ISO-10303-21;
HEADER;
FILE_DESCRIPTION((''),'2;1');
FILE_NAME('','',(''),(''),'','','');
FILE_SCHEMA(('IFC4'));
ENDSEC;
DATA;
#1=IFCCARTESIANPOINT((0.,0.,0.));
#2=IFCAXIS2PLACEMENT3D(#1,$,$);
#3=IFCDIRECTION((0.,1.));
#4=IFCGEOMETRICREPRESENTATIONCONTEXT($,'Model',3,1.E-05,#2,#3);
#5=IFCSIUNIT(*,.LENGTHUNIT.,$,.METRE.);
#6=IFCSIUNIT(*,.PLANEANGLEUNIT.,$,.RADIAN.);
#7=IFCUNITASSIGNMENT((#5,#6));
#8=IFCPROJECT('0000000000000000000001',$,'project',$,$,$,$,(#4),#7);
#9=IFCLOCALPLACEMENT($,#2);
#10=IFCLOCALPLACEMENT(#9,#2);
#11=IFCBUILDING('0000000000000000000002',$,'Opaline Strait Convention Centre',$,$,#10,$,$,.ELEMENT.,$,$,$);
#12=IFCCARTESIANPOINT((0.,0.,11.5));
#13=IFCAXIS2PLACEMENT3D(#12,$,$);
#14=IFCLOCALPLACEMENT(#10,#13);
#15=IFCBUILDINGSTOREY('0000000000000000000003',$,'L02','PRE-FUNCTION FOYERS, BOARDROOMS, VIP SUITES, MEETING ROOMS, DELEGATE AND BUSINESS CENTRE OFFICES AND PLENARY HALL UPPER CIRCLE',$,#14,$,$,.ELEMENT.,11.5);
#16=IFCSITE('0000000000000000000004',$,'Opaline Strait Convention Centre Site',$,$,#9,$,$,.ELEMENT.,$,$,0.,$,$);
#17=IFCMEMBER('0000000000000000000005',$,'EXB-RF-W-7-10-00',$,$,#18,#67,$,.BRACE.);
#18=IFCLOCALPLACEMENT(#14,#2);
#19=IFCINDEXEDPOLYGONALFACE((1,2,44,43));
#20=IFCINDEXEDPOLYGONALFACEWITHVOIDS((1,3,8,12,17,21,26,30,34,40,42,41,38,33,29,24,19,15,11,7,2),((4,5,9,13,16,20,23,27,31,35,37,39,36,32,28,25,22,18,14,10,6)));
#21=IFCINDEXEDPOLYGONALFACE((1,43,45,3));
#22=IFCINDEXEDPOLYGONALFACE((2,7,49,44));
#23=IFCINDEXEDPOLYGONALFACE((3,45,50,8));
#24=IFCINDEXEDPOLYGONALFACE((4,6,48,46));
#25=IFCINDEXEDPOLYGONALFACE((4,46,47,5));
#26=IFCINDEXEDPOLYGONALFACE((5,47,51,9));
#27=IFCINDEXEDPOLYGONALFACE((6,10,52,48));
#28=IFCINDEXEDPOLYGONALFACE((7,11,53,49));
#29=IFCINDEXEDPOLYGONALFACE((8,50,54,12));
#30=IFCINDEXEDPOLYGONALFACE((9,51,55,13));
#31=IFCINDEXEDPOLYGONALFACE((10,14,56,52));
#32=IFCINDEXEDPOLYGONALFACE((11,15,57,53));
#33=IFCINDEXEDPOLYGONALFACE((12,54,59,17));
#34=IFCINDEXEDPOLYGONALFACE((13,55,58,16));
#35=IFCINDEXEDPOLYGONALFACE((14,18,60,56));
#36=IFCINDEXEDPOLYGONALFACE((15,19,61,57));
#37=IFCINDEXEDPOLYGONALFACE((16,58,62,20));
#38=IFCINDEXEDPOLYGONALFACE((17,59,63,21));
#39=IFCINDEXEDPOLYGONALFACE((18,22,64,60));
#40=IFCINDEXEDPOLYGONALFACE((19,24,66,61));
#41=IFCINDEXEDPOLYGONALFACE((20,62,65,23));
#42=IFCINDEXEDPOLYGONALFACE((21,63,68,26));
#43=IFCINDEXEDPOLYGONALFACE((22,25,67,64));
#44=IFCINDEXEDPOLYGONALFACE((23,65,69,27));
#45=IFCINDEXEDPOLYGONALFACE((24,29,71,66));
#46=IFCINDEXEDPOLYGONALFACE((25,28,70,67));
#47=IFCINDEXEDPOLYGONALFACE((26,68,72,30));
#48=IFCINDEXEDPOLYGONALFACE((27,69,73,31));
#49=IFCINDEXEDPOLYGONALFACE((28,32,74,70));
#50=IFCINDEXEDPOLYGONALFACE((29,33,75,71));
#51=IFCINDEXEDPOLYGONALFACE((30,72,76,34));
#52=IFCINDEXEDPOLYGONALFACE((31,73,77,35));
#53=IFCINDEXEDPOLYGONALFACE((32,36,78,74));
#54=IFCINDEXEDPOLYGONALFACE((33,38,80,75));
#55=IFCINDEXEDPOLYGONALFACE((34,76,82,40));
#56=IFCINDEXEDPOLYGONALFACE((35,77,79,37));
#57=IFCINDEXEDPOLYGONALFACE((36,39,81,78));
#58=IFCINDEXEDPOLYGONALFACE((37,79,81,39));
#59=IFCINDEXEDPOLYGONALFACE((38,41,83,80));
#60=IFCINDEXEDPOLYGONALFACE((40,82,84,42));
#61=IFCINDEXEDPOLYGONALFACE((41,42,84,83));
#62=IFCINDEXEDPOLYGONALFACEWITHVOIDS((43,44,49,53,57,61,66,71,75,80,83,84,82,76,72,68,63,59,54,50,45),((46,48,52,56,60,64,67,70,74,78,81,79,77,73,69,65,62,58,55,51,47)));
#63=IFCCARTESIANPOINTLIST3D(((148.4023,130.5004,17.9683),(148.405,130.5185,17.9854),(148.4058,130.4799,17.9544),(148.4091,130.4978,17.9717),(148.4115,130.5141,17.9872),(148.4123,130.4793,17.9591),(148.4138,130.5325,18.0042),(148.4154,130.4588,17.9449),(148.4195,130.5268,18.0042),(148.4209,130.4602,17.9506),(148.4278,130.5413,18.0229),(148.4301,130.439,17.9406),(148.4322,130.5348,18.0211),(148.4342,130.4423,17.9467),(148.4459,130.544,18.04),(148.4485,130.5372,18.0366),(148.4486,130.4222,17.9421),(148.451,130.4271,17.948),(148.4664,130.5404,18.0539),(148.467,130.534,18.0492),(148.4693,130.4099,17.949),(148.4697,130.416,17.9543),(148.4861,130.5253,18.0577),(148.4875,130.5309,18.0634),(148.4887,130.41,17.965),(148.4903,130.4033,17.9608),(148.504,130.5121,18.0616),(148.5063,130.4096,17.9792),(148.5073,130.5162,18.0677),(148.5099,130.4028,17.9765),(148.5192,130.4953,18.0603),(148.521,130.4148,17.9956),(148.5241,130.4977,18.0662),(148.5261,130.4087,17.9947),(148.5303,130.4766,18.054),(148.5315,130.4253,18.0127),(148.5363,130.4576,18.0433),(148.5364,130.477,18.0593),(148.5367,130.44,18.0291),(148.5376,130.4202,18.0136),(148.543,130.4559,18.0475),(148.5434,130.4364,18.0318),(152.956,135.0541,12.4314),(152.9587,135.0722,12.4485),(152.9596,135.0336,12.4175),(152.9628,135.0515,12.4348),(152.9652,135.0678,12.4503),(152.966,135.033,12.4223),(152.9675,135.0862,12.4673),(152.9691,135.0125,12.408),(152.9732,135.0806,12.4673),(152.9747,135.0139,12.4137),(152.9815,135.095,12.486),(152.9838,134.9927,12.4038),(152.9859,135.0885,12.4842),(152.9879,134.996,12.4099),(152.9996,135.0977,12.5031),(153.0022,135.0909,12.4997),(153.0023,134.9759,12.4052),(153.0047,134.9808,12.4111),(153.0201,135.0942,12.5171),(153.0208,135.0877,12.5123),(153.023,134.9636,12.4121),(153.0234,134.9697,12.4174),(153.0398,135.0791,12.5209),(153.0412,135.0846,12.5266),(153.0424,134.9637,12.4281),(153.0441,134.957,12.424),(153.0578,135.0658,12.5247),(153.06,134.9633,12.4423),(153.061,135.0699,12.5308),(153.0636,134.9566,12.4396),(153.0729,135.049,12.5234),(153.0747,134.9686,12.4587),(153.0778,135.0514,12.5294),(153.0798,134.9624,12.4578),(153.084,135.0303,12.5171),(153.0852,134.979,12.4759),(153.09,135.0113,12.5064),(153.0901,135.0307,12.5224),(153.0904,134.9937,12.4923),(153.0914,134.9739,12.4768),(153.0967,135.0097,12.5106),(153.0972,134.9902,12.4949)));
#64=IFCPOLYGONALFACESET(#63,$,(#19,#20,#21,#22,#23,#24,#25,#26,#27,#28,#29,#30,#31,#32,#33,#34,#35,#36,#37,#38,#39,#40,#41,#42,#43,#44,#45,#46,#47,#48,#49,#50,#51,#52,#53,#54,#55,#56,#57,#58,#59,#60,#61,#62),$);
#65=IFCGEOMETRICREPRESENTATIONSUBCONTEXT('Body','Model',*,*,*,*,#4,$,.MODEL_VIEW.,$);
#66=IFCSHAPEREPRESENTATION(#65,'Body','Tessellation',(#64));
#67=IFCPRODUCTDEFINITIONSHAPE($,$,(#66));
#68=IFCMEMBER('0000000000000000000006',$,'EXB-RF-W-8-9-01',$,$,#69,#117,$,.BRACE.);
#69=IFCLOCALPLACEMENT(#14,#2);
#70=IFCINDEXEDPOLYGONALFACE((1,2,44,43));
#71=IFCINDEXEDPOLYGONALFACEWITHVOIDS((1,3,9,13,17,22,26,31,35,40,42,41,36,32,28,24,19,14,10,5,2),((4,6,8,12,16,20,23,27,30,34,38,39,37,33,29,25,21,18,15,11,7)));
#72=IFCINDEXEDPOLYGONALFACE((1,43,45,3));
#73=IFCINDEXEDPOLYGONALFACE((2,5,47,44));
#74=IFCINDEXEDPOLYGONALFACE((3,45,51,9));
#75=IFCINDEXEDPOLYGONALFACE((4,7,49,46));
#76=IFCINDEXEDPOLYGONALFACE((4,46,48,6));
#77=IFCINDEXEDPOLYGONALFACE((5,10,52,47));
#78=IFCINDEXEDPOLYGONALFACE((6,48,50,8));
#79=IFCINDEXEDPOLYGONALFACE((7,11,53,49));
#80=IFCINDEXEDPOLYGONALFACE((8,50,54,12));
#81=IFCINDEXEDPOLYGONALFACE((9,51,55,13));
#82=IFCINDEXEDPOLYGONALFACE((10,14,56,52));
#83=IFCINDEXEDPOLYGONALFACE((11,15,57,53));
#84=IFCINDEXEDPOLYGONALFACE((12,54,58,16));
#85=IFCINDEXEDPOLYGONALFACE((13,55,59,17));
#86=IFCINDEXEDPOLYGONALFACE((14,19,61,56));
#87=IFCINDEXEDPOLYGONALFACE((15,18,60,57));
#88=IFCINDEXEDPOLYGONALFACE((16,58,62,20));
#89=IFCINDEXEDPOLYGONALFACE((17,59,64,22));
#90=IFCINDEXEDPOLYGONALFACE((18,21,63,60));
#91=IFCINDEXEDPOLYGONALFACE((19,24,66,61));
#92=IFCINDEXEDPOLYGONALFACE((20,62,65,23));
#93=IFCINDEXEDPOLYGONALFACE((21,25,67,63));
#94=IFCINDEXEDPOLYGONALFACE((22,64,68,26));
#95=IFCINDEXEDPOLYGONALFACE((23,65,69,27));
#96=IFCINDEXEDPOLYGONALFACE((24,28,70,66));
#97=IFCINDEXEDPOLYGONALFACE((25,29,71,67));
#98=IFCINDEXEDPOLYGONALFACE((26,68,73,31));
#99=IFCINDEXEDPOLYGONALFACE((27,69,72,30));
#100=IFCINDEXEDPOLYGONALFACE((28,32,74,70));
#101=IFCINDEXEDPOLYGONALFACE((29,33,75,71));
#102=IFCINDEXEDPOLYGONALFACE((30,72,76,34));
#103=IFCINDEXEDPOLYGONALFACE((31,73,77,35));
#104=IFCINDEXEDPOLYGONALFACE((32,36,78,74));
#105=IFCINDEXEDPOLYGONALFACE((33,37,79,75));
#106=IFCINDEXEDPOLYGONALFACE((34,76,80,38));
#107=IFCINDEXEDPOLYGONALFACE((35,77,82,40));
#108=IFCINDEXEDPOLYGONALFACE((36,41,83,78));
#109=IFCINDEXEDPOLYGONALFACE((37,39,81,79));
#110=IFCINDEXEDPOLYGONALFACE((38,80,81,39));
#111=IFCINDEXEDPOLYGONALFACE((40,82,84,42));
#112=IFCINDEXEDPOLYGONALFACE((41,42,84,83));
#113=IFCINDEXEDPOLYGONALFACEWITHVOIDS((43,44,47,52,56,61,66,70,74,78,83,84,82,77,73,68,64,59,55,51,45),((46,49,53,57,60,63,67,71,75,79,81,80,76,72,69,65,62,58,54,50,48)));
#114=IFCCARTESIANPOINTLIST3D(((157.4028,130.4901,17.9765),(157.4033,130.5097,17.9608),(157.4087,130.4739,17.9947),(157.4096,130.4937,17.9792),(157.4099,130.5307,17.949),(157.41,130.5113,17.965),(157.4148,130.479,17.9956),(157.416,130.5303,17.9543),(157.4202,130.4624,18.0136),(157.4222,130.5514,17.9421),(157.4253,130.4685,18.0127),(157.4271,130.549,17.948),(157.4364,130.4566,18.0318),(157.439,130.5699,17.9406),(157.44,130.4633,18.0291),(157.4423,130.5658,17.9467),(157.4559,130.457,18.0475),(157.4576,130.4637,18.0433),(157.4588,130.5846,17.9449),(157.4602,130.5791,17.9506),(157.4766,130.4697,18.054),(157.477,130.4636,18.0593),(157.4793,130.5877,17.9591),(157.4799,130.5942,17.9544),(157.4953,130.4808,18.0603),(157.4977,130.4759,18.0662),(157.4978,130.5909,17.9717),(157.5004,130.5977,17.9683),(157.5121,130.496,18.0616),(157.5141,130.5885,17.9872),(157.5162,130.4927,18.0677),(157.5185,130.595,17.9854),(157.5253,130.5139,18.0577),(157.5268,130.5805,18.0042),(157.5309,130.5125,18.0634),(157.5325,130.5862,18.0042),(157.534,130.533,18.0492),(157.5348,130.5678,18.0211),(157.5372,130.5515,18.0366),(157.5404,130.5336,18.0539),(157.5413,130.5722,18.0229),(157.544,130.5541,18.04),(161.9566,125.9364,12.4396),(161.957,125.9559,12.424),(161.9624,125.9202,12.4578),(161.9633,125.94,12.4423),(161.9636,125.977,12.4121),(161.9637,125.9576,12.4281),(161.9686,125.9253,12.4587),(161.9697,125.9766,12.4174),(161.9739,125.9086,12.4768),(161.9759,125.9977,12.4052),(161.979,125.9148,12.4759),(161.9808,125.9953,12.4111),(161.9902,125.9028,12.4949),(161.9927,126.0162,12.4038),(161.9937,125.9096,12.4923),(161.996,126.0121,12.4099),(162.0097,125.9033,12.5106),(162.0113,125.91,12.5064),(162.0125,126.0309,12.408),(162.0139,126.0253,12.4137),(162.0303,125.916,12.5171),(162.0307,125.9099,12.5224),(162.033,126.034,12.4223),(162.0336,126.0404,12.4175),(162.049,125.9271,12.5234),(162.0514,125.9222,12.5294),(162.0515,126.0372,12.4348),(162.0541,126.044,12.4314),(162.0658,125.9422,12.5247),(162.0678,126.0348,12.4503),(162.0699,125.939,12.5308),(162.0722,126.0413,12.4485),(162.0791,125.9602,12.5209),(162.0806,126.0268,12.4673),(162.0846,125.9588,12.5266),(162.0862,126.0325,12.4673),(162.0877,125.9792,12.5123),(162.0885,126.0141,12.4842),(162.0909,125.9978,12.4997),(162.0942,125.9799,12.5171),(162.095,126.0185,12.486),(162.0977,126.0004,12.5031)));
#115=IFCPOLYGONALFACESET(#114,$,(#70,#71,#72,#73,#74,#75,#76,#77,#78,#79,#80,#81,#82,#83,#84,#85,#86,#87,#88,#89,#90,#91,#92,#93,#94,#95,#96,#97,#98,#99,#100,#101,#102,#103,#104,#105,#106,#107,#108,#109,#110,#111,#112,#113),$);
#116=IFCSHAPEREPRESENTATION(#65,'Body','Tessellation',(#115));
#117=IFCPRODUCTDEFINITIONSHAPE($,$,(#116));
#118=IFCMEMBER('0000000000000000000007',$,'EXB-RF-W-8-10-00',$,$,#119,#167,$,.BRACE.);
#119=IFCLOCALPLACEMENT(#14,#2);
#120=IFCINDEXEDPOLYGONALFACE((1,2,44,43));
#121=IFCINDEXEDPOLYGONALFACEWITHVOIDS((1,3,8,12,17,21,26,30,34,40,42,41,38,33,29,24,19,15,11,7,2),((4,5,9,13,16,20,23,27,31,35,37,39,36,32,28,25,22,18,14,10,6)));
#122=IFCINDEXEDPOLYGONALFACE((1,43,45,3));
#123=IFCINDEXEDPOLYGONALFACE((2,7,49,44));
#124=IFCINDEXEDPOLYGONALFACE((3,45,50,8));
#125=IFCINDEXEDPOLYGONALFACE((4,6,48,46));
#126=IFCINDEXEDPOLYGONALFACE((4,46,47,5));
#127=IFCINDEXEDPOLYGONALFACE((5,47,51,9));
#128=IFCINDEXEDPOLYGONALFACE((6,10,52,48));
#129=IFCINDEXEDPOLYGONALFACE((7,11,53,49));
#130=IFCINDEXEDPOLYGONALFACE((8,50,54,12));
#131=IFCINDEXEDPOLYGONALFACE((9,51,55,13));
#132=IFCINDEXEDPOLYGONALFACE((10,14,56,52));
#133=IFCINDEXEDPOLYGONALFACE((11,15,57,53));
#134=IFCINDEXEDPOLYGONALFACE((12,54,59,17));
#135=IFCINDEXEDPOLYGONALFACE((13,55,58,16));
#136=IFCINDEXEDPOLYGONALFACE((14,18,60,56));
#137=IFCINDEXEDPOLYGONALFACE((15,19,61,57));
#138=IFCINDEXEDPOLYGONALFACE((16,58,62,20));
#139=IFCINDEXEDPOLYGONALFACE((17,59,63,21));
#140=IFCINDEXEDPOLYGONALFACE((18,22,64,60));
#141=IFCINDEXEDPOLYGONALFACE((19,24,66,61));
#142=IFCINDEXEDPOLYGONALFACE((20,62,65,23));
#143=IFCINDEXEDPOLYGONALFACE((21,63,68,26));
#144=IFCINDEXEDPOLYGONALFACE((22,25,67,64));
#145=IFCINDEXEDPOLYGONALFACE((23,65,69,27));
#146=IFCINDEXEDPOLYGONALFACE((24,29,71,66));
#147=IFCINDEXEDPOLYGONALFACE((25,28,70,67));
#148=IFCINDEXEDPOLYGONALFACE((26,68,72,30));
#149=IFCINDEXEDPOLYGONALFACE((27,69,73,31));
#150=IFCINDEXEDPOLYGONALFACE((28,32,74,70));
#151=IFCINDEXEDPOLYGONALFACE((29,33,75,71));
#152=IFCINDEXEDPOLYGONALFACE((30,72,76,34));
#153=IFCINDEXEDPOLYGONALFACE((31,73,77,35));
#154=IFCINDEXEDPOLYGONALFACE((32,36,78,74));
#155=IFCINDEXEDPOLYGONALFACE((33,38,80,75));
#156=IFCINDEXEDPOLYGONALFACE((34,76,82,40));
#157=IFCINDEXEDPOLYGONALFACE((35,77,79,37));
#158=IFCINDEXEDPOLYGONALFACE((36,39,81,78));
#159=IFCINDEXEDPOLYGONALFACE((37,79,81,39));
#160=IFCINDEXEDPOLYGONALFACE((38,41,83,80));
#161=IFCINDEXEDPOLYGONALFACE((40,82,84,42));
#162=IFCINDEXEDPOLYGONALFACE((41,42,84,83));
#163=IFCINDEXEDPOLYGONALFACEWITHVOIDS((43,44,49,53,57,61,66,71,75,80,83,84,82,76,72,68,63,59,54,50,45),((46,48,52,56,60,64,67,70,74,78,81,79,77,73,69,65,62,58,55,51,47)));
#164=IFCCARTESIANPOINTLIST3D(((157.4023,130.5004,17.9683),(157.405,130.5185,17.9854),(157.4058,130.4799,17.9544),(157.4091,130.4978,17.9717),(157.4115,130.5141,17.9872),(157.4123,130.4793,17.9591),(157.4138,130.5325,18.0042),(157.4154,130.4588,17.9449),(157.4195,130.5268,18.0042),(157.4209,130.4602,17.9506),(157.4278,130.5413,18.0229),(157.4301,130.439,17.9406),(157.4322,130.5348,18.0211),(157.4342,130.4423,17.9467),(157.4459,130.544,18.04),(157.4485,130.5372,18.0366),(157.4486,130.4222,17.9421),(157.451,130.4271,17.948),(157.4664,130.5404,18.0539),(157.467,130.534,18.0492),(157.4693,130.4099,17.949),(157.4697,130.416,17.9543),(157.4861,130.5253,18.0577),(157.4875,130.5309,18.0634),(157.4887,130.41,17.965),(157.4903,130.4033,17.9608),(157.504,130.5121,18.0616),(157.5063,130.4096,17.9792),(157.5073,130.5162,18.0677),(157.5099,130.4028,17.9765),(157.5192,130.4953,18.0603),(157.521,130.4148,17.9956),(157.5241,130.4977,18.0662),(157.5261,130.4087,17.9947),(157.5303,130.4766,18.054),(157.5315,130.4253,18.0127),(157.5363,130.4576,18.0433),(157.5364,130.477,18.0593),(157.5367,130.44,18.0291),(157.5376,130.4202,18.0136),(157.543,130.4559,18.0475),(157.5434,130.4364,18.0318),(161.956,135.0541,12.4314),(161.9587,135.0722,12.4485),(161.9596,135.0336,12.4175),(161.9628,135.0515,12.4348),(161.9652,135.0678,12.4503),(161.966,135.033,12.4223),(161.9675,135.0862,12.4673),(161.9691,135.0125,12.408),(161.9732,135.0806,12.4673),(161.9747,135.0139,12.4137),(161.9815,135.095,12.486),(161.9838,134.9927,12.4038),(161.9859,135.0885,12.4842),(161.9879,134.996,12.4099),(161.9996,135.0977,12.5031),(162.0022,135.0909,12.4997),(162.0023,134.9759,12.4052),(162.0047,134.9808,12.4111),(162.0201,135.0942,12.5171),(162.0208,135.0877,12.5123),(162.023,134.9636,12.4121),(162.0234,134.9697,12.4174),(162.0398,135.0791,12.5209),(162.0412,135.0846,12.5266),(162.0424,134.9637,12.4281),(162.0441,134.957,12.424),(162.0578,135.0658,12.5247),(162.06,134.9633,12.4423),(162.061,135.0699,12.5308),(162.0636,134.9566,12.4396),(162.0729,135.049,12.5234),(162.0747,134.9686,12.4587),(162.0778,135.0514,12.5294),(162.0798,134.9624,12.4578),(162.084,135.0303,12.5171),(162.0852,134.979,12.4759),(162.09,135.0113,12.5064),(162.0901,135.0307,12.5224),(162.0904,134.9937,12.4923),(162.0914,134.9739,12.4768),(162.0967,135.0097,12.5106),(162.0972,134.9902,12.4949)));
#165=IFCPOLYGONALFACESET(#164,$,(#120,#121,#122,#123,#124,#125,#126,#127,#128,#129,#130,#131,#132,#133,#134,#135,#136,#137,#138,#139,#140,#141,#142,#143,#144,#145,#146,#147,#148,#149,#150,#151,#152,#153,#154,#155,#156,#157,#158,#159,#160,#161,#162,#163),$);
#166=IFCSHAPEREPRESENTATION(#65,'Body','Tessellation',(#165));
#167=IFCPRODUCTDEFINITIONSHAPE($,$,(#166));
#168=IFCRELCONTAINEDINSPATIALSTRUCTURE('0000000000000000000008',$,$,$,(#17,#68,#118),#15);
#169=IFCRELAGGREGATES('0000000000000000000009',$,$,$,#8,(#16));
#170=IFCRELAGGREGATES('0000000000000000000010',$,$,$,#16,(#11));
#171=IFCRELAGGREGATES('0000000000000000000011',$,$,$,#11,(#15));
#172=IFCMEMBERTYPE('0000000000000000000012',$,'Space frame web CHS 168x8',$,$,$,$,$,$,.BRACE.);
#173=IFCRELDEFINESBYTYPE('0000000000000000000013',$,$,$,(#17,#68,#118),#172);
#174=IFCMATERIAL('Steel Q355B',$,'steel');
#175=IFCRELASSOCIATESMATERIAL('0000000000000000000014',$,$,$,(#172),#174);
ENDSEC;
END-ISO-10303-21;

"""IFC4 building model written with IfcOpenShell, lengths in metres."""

from ifc_helpers import new_model, si_unit, direction, frame, origin, origin_2d, place, context, subcontext, project, spatial, hollow_circle, extrude, material, material_profile, profile_set, type_object, element, save


model = new_model("IFC4")

# Units and contexts
model_context = context("Model", 3, precision=1e-05, world=origin(), true_north=direction((0.0, 1.0)))
body_context = subcontext(model_context, "Body", "Model", "MODEL_VIEW")
ifc_project = project(units=[si_unit("LENGTHUNIT", "METRE"), si_unit("PLANEANGLEUNIT", "RADIAN")], contexts=[model_context])

# Site, building, storey
site_placement = place(None, origin())
site = spatial("IfcSite", under=ifc_project, at=site_placement, Name="Opaline Strait Convention Centre Site", CompositionType="ELEMENT", RefElevation=0.0)
building_placement = place(site_placement, origin())
building = spatial("IfcBuilding", under=site, at=building_placement, Name="Opaline Strait Convention Centre", CompositionType="ELEMENT")
storey_placement = place(building_placement, frame((0.0, 0.0, 11.5)))
storey = spatial("IfcBuildingStorey", under=building, at=storey_placement, Name="L02", Description="PRE-FUNCTION FOYERS, BOARDROOMS, VIP SUITES, MEETING ROOMS, DELEGATE AND BUSINESS CENTRE OFFICES AND PLENARY HALL UPPER CIRCLE", CompositionType="ELEMENT", Elevation=11.5)

# Members
ifc_material_1 = material(Name="Steel Q355B", Category="steel")
ifc_material_profile_1 = material_profile(ifc_material_1, hollow_circle(Radius=0.084, WallThickness=0.0081, at=origin_2d()), Name="CHS 168x8")
ifc_profile_set_1 = profile_set([ifc_material_profile_1], Name="Steel Q355B")
member_type_1 = type_object("IfcMemberType", Name="Space frame web CHS 168x8", PredefinedType="BRACE", material=ifc_profile_set_1)
for number, where, z_axis, x_axis, name in (
    (1, (148.4731, 130.4731, 18.0042), (0.536178, 0.536178, -0.65194), (-0.707107, 0.707107, 0.0), "EXB-RF-W-7-10-00"),
    (2, (157.4731, 130.5269, 18.0042), (0.536178, -0.536178, -0.65194), (0.707107, 0.707107, 0.0), "EXB-RF-W-8-9-01"),
    (3, (157.4731, 130.4731, 18.0042), (0.536178, 0.536178, -0.65194), (-0.707107, 0.707107, 0.0), "EXB-RF-W-8-10-00"),
):
    element("IfcMember", number, at=place(storey_placement, frame(where, z_axis=z_axis, x_axis=x_axis)), inside=storey, type_object=member_type_1, Name=name, PredefinedType="BRACE", context=body_context, shape_type="SweptSolid", body=[
        extrude(hollow_circle(Radius=0.084, WallThickness=0.0081, at=origin_2d()), origin(), (0.0, 0.0, 1.0), 8.4929),
    ])

save(model, "model.ifc")
